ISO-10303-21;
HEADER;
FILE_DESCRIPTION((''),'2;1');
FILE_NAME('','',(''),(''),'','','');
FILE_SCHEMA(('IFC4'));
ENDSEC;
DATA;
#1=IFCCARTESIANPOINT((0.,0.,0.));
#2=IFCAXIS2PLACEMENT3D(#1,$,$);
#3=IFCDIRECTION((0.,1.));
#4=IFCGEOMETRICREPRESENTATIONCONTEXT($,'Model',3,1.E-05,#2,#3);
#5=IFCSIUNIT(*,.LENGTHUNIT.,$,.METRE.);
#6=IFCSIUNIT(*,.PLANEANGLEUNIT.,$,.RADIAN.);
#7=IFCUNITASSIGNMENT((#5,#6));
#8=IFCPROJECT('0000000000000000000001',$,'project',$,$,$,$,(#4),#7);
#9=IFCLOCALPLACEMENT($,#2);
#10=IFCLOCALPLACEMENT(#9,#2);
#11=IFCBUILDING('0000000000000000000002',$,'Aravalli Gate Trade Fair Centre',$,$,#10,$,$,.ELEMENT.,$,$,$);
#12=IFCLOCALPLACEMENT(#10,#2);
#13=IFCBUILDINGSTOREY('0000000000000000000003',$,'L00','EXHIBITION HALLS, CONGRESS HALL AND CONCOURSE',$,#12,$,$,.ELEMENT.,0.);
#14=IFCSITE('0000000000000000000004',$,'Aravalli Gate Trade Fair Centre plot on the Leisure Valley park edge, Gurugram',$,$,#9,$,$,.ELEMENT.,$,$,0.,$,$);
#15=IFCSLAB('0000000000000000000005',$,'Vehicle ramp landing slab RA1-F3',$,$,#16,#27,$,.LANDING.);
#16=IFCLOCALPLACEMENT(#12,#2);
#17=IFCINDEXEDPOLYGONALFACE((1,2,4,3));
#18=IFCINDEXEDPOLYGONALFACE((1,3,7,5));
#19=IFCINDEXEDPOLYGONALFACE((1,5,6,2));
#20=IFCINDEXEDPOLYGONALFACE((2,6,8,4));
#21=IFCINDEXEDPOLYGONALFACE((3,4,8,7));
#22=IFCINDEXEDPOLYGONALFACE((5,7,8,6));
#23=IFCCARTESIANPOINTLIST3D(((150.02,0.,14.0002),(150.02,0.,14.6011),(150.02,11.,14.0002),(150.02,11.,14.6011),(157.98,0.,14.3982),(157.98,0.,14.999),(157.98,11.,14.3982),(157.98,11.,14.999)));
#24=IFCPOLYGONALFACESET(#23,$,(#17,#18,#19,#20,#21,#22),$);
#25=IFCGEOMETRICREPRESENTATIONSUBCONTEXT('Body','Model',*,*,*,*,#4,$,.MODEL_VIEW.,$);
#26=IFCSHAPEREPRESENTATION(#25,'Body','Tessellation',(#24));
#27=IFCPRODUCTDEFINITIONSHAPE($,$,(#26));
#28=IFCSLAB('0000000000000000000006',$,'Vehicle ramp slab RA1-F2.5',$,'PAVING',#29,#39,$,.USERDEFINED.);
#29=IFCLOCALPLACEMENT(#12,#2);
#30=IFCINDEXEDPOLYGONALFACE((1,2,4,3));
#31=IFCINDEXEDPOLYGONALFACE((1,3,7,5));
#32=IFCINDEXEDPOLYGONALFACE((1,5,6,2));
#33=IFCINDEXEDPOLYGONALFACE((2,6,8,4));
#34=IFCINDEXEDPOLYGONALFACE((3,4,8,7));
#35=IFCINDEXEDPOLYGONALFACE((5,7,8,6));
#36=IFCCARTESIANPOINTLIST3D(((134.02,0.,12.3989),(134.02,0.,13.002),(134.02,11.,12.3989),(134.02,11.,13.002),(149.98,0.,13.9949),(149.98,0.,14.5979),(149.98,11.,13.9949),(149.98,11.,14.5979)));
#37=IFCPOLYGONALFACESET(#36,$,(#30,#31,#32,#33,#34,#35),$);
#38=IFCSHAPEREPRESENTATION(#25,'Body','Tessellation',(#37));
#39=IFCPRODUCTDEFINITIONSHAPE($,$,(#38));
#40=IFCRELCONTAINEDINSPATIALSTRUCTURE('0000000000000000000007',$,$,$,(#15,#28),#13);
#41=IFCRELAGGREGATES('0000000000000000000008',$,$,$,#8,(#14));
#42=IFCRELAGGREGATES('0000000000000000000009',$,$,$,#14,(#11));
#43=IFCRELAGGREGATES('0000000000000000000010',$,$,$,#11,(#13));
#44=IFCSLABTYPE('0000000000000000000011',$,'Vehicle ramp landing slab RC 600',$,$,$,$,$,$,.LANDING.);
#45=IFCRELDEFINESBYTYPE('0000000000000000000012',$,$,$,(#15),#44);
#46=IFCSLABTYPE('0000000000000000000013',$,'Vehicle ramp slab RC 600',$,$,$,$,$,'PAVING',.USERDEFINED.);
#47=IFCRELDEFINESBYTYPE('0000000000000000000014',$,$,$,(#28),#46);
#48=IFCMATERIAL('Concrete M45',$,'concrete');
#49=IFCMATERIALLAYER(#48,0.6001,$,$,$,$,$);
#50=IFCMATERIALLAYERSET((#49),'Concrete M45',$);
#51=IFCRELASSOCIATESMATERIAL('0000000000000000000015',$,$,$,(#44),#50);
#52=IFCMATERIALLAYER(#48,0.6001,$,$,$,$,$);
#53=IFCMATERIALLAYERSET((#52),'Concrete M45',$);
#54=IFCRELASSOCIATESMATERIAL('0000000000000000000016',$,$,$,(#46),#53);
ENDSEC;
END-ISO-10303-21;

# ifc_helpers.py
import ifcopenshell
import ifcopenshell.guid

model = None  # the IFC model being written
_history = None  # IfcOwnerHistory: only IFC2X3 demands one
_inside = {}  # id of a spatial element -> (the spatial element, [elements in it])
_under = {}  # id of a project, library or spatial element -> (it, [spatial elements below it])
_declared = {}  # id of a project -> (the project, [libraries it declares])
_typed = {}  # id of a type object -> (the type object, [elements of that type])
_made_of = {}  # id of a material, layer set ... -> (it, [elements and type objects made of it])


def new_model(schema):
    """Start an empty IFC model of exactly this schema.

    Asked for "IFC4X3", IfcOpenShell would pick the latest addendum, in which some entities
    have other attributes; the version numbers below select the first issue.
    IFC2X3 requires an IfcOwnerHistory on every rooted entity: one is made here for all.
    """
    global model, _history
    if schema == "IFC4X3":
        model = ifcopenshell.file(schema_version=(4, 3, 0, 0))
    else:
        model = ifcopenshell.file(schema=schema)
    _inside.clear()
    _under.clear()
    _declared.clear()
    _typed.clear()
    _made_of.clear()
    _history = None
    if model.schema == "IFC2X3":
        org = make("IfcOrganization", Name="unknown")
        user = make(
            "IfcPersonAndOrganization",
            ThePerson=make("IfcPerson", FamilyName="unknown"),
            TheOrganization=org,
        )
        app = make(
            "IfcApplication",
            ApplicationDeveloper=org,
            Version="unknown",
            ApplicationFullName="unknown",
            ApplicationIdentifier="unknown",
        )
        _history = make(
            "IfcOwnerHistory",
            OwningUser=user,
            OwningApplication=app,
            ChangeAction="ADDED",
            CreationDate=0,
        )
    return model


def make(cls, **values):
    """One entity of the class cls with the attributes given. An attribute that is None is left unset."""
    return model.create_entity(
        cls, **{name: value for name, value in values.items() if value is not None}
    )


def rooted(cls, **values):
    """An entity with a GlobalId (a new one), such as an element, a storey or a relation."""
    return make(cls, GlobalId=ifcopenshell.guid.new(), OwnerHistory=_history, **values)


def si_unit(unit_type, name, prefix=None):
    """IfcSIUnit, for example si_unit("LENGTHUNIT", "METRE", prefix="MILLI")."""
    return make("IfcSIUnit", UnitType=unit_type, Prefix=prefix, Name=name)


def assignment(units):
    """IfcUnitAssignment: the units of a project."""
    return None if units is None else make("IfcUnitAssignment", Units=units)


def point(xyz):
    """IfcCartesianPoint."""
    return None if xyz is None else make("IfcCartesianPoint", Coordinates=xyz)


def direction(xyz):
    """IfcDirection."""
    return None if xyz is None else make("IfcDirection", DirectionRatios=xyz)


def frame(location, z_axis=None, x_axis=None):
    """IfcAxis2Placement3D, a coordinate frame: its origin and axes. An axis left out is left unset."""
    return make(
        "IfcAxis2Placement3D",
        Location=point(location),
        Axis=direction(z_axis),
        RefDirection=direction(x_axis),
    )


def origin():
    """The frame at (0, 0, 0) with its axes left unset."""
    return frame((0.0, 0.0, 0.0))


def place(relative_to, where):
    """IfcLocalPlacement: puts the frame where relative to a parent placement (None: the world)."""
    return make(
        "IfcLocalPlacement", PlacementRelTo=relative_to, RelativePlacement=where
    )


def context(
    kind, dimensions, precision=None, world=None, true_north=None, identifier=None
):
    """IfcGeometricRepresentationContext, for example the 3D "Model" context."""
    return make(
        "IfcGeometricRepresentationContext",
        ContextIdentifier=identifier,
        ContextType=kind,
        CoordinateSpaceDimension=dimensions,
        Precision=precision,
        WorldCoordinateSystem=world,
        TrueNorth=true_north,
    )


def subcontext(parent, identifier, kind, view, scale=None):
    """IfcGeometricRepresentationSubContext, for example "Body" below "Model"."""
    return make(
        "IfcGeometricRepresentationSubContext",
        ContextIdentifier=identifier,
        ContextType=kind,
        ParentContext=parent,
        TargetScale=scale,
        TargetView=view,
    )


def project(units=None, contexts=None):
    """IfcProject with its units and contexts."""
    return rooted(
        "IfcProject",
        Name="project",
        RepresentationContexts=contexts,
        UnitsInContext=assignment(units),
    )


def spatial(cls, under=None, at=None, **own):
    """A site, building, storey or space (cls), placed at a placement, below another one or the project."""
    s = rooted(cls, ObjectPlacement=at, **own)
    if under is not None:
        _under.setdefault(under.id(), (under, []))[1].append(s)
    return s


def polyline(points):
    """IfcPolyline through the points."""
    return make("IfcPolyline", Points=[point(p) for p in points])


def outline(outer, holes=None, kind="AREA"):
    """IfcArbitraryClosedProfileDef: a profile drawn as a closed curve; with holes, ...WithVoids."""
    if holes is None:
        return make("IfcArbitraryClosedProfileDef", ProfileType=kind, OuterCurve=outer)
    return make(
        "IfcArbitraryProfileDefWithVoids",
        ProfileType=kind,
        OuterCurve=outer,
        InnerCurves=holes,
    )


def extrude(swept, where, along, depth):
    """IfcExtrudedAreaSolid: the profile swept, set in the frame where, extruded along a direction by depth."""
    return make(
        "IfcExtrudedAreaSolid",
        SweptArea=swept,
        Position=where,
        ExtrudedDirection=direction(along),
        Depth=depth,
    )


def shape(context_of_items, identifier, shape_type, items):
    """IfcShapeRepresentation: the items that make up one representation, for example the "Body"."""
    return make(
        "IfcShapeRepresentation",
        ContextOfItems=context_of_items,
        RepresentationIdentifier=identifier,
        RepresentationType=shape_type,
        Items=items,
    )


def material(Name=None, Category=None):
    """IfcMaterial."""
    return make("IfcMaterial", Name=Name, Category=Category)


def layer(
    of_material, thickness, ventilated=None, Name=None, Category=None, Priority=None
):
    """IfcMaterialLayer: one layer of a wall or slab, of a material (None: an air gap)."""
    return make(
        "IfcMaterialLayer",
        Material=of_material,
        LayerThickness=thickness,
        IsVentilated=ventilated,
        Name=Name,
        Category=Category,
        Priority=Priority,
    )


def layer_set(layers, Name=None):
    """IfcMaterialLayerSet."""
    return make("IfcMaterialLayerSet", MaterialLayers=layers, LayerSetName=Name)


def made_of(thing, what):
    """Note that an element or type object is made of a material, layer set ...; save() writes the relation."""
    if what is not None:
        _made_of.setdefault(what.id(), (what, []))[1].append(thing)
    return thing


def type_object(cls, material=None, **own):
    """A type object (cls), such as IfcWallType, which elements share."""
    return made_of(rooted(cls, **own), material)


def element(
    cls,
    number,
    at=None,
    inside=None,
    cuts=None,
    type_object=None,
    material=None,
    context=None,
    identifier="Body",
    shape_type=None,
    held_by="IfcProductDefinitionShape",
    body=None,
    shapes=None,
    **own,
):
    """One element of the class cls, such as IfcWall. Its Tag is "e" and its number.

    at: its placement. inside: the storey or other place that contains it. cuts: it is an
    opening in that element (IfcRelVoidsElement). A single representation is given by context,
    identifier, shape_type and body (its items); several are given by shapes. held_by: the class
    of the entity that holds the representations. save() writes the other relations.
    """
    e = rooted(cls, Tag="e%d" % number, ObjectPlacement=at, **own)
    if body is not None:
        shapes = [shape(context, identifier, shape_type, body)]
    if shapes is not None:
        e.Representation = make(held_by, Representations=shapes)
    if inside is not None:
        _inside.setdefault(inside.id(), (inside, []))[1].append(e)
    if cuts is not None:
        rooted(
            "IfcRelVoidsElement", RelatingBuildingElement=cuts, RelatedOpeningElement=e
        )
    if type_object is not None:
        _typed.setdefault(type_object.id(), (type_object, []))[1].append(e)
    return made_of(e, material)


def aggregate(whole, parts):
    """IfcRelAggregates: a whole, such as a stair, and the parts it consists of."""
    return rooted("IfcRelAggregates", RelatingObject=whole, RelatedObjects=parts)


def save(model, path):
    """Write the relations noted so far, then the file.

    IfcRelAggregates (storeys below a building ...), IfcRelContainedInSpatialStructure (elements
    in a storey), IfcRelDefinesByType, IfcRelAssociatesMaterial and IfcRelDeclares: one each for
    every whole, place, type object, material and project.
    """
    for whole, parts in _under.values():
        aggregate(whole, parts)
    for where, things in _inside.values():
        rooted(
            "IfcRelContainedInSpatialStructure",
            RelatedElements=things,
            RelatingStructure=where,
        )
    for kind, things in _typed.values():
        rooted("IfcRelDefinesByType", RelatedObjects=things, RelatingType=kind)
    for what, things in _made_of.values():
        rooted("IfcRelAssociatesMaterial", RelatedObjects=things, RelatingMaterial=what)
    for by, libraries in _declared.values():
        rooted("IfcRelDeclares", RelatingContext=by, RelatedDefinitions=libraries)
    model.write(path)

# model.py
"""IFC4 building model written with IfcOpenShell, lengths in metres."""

from ifc_helpers import new_model, si_unit, direction, frame, origin, place, context, subcontext, project, spatial, polyline, outline, extrude, material, layer, layer_set, type_object, element, save


model = new_model("IFC4")

# Units and contexts
model_context = context("Model", 3, precision=1e-05, world=origin(), true_north=direction((0.0, 1.0)))
body_context = subcontext(model_context, "Body", "Model", "MODEL_VIEW")
ifc_project = project(units=[si_unit("LENGTHUNIT", "METRE"), si_unit("PLANEANGLEUNIT", "RADIAN")], contexts=[model_context])

# Site, building, storey
site_placement = place(None, origin())
site = spatial("IfcSite", under=ifc_project, at=site_placement, Name="Aravalli Gate Trade Fair Centre plot on the Leisure Valley park edge, Gurugram", CompositionType="ELEMENT", RefElevation=0.0)
building_placement = place(site_placement, origin())
building = spatial("IfcBuilding", under=site, at=building_placement, Name="Aravalli Gate Trade Fair Centre", CompositionType="ELEMENT")
storey_placement = place(building_placement, origin())
storey = spatial("IfcBuildingStorey", under=building, at=storey_placement, Name="L00", Description="EXHIBITION HALLS, CONGRESS HALL AND CONCOURSE", CompositionType="ELEMENT", Elevation=0.0)

# Shared definitions
ifc_material = material(Name="Concrete M45", Category="concrete")

# Slabs
ifc_layer_1 = layer(ifc_material, 0.6001)
ifc_layer_set_1 = layer_set([ifc_layer_1], Name="Concrete M45")
slab_type_1 = type_object("IfcSlabType", Name="Vehicle ramp landing slab RC 600", PredefinedType="LANDING", material=ifc_layer_set_1)
slab_1_placement = place(storey_placement, frame((150.02, 0.0, 0.0), z_axis=(0.0, 0.0, 1.0), x_axis=(1.0, 0.0, 0.0)))
element("IfcSlab", 1, at=slab_1_placement, inside=storey, type_object=slab_type_1, Name="Vehicle ramp landing slab RA1-F3", PredefinedType="LANDING", context=body_context, shape_type="SweptSolid", body=[
    extrude(outline(polyline([(0.0, 14.6011), (7.96, 14.999), (7.96, 14.3982), (0.0, 14.0002), (0.0, 14.6011)])), frame((0.0, 11.0, 0.0), z_axis=(0.0, -1.0, 0.0), x_axis=(1.0, 0.0, 0.0)), (0.0, 0.0, 1.0), 11.0),
])
ifc_layer_2 = layer(ifc_material, 0.6001)
ifc_layer_set_2 = layer_set([ifc_layer_2], Name="Concrete M45")
slab_type_2 = type_object("IfcSlabType", Name="Vehicle ramp slab RC 600", ElementType="PAVING", PredefinedType="USERDEFINED", material=ifc_layer_set_2)
slab_2_placement = place(storey_placement, frame((134.02, 0.0, 0.0), z_axis=(0.0, 0.0, 1.0), x_axis=(1.0, 0.0, 0.0)))
element("IfcSlab", 2, at=slab_2_placement, inside=storey, type_object=slab_type_2, Name="Vehicle ramp slab RA1-F2.5", ObjectType="PAVING", PredefinedType="USERDEFINED", context=body_context, shape_type="SweptSolid", body=[
    extrude(outline(polyline([(0.0, 13.002), (15.96, 14.5979), (15.96, 13.9949), (0.0, 12.3989), (0.0, 13.002)])), frame((0.0, 11.0, 0.0), z_axis=(0.0, -1.0, 0.0), x_axis=(1.0, 0.0, 0.0)), (0.0, 0.0, 1.0), 11.0),
])

save(model, "model.ifc")
